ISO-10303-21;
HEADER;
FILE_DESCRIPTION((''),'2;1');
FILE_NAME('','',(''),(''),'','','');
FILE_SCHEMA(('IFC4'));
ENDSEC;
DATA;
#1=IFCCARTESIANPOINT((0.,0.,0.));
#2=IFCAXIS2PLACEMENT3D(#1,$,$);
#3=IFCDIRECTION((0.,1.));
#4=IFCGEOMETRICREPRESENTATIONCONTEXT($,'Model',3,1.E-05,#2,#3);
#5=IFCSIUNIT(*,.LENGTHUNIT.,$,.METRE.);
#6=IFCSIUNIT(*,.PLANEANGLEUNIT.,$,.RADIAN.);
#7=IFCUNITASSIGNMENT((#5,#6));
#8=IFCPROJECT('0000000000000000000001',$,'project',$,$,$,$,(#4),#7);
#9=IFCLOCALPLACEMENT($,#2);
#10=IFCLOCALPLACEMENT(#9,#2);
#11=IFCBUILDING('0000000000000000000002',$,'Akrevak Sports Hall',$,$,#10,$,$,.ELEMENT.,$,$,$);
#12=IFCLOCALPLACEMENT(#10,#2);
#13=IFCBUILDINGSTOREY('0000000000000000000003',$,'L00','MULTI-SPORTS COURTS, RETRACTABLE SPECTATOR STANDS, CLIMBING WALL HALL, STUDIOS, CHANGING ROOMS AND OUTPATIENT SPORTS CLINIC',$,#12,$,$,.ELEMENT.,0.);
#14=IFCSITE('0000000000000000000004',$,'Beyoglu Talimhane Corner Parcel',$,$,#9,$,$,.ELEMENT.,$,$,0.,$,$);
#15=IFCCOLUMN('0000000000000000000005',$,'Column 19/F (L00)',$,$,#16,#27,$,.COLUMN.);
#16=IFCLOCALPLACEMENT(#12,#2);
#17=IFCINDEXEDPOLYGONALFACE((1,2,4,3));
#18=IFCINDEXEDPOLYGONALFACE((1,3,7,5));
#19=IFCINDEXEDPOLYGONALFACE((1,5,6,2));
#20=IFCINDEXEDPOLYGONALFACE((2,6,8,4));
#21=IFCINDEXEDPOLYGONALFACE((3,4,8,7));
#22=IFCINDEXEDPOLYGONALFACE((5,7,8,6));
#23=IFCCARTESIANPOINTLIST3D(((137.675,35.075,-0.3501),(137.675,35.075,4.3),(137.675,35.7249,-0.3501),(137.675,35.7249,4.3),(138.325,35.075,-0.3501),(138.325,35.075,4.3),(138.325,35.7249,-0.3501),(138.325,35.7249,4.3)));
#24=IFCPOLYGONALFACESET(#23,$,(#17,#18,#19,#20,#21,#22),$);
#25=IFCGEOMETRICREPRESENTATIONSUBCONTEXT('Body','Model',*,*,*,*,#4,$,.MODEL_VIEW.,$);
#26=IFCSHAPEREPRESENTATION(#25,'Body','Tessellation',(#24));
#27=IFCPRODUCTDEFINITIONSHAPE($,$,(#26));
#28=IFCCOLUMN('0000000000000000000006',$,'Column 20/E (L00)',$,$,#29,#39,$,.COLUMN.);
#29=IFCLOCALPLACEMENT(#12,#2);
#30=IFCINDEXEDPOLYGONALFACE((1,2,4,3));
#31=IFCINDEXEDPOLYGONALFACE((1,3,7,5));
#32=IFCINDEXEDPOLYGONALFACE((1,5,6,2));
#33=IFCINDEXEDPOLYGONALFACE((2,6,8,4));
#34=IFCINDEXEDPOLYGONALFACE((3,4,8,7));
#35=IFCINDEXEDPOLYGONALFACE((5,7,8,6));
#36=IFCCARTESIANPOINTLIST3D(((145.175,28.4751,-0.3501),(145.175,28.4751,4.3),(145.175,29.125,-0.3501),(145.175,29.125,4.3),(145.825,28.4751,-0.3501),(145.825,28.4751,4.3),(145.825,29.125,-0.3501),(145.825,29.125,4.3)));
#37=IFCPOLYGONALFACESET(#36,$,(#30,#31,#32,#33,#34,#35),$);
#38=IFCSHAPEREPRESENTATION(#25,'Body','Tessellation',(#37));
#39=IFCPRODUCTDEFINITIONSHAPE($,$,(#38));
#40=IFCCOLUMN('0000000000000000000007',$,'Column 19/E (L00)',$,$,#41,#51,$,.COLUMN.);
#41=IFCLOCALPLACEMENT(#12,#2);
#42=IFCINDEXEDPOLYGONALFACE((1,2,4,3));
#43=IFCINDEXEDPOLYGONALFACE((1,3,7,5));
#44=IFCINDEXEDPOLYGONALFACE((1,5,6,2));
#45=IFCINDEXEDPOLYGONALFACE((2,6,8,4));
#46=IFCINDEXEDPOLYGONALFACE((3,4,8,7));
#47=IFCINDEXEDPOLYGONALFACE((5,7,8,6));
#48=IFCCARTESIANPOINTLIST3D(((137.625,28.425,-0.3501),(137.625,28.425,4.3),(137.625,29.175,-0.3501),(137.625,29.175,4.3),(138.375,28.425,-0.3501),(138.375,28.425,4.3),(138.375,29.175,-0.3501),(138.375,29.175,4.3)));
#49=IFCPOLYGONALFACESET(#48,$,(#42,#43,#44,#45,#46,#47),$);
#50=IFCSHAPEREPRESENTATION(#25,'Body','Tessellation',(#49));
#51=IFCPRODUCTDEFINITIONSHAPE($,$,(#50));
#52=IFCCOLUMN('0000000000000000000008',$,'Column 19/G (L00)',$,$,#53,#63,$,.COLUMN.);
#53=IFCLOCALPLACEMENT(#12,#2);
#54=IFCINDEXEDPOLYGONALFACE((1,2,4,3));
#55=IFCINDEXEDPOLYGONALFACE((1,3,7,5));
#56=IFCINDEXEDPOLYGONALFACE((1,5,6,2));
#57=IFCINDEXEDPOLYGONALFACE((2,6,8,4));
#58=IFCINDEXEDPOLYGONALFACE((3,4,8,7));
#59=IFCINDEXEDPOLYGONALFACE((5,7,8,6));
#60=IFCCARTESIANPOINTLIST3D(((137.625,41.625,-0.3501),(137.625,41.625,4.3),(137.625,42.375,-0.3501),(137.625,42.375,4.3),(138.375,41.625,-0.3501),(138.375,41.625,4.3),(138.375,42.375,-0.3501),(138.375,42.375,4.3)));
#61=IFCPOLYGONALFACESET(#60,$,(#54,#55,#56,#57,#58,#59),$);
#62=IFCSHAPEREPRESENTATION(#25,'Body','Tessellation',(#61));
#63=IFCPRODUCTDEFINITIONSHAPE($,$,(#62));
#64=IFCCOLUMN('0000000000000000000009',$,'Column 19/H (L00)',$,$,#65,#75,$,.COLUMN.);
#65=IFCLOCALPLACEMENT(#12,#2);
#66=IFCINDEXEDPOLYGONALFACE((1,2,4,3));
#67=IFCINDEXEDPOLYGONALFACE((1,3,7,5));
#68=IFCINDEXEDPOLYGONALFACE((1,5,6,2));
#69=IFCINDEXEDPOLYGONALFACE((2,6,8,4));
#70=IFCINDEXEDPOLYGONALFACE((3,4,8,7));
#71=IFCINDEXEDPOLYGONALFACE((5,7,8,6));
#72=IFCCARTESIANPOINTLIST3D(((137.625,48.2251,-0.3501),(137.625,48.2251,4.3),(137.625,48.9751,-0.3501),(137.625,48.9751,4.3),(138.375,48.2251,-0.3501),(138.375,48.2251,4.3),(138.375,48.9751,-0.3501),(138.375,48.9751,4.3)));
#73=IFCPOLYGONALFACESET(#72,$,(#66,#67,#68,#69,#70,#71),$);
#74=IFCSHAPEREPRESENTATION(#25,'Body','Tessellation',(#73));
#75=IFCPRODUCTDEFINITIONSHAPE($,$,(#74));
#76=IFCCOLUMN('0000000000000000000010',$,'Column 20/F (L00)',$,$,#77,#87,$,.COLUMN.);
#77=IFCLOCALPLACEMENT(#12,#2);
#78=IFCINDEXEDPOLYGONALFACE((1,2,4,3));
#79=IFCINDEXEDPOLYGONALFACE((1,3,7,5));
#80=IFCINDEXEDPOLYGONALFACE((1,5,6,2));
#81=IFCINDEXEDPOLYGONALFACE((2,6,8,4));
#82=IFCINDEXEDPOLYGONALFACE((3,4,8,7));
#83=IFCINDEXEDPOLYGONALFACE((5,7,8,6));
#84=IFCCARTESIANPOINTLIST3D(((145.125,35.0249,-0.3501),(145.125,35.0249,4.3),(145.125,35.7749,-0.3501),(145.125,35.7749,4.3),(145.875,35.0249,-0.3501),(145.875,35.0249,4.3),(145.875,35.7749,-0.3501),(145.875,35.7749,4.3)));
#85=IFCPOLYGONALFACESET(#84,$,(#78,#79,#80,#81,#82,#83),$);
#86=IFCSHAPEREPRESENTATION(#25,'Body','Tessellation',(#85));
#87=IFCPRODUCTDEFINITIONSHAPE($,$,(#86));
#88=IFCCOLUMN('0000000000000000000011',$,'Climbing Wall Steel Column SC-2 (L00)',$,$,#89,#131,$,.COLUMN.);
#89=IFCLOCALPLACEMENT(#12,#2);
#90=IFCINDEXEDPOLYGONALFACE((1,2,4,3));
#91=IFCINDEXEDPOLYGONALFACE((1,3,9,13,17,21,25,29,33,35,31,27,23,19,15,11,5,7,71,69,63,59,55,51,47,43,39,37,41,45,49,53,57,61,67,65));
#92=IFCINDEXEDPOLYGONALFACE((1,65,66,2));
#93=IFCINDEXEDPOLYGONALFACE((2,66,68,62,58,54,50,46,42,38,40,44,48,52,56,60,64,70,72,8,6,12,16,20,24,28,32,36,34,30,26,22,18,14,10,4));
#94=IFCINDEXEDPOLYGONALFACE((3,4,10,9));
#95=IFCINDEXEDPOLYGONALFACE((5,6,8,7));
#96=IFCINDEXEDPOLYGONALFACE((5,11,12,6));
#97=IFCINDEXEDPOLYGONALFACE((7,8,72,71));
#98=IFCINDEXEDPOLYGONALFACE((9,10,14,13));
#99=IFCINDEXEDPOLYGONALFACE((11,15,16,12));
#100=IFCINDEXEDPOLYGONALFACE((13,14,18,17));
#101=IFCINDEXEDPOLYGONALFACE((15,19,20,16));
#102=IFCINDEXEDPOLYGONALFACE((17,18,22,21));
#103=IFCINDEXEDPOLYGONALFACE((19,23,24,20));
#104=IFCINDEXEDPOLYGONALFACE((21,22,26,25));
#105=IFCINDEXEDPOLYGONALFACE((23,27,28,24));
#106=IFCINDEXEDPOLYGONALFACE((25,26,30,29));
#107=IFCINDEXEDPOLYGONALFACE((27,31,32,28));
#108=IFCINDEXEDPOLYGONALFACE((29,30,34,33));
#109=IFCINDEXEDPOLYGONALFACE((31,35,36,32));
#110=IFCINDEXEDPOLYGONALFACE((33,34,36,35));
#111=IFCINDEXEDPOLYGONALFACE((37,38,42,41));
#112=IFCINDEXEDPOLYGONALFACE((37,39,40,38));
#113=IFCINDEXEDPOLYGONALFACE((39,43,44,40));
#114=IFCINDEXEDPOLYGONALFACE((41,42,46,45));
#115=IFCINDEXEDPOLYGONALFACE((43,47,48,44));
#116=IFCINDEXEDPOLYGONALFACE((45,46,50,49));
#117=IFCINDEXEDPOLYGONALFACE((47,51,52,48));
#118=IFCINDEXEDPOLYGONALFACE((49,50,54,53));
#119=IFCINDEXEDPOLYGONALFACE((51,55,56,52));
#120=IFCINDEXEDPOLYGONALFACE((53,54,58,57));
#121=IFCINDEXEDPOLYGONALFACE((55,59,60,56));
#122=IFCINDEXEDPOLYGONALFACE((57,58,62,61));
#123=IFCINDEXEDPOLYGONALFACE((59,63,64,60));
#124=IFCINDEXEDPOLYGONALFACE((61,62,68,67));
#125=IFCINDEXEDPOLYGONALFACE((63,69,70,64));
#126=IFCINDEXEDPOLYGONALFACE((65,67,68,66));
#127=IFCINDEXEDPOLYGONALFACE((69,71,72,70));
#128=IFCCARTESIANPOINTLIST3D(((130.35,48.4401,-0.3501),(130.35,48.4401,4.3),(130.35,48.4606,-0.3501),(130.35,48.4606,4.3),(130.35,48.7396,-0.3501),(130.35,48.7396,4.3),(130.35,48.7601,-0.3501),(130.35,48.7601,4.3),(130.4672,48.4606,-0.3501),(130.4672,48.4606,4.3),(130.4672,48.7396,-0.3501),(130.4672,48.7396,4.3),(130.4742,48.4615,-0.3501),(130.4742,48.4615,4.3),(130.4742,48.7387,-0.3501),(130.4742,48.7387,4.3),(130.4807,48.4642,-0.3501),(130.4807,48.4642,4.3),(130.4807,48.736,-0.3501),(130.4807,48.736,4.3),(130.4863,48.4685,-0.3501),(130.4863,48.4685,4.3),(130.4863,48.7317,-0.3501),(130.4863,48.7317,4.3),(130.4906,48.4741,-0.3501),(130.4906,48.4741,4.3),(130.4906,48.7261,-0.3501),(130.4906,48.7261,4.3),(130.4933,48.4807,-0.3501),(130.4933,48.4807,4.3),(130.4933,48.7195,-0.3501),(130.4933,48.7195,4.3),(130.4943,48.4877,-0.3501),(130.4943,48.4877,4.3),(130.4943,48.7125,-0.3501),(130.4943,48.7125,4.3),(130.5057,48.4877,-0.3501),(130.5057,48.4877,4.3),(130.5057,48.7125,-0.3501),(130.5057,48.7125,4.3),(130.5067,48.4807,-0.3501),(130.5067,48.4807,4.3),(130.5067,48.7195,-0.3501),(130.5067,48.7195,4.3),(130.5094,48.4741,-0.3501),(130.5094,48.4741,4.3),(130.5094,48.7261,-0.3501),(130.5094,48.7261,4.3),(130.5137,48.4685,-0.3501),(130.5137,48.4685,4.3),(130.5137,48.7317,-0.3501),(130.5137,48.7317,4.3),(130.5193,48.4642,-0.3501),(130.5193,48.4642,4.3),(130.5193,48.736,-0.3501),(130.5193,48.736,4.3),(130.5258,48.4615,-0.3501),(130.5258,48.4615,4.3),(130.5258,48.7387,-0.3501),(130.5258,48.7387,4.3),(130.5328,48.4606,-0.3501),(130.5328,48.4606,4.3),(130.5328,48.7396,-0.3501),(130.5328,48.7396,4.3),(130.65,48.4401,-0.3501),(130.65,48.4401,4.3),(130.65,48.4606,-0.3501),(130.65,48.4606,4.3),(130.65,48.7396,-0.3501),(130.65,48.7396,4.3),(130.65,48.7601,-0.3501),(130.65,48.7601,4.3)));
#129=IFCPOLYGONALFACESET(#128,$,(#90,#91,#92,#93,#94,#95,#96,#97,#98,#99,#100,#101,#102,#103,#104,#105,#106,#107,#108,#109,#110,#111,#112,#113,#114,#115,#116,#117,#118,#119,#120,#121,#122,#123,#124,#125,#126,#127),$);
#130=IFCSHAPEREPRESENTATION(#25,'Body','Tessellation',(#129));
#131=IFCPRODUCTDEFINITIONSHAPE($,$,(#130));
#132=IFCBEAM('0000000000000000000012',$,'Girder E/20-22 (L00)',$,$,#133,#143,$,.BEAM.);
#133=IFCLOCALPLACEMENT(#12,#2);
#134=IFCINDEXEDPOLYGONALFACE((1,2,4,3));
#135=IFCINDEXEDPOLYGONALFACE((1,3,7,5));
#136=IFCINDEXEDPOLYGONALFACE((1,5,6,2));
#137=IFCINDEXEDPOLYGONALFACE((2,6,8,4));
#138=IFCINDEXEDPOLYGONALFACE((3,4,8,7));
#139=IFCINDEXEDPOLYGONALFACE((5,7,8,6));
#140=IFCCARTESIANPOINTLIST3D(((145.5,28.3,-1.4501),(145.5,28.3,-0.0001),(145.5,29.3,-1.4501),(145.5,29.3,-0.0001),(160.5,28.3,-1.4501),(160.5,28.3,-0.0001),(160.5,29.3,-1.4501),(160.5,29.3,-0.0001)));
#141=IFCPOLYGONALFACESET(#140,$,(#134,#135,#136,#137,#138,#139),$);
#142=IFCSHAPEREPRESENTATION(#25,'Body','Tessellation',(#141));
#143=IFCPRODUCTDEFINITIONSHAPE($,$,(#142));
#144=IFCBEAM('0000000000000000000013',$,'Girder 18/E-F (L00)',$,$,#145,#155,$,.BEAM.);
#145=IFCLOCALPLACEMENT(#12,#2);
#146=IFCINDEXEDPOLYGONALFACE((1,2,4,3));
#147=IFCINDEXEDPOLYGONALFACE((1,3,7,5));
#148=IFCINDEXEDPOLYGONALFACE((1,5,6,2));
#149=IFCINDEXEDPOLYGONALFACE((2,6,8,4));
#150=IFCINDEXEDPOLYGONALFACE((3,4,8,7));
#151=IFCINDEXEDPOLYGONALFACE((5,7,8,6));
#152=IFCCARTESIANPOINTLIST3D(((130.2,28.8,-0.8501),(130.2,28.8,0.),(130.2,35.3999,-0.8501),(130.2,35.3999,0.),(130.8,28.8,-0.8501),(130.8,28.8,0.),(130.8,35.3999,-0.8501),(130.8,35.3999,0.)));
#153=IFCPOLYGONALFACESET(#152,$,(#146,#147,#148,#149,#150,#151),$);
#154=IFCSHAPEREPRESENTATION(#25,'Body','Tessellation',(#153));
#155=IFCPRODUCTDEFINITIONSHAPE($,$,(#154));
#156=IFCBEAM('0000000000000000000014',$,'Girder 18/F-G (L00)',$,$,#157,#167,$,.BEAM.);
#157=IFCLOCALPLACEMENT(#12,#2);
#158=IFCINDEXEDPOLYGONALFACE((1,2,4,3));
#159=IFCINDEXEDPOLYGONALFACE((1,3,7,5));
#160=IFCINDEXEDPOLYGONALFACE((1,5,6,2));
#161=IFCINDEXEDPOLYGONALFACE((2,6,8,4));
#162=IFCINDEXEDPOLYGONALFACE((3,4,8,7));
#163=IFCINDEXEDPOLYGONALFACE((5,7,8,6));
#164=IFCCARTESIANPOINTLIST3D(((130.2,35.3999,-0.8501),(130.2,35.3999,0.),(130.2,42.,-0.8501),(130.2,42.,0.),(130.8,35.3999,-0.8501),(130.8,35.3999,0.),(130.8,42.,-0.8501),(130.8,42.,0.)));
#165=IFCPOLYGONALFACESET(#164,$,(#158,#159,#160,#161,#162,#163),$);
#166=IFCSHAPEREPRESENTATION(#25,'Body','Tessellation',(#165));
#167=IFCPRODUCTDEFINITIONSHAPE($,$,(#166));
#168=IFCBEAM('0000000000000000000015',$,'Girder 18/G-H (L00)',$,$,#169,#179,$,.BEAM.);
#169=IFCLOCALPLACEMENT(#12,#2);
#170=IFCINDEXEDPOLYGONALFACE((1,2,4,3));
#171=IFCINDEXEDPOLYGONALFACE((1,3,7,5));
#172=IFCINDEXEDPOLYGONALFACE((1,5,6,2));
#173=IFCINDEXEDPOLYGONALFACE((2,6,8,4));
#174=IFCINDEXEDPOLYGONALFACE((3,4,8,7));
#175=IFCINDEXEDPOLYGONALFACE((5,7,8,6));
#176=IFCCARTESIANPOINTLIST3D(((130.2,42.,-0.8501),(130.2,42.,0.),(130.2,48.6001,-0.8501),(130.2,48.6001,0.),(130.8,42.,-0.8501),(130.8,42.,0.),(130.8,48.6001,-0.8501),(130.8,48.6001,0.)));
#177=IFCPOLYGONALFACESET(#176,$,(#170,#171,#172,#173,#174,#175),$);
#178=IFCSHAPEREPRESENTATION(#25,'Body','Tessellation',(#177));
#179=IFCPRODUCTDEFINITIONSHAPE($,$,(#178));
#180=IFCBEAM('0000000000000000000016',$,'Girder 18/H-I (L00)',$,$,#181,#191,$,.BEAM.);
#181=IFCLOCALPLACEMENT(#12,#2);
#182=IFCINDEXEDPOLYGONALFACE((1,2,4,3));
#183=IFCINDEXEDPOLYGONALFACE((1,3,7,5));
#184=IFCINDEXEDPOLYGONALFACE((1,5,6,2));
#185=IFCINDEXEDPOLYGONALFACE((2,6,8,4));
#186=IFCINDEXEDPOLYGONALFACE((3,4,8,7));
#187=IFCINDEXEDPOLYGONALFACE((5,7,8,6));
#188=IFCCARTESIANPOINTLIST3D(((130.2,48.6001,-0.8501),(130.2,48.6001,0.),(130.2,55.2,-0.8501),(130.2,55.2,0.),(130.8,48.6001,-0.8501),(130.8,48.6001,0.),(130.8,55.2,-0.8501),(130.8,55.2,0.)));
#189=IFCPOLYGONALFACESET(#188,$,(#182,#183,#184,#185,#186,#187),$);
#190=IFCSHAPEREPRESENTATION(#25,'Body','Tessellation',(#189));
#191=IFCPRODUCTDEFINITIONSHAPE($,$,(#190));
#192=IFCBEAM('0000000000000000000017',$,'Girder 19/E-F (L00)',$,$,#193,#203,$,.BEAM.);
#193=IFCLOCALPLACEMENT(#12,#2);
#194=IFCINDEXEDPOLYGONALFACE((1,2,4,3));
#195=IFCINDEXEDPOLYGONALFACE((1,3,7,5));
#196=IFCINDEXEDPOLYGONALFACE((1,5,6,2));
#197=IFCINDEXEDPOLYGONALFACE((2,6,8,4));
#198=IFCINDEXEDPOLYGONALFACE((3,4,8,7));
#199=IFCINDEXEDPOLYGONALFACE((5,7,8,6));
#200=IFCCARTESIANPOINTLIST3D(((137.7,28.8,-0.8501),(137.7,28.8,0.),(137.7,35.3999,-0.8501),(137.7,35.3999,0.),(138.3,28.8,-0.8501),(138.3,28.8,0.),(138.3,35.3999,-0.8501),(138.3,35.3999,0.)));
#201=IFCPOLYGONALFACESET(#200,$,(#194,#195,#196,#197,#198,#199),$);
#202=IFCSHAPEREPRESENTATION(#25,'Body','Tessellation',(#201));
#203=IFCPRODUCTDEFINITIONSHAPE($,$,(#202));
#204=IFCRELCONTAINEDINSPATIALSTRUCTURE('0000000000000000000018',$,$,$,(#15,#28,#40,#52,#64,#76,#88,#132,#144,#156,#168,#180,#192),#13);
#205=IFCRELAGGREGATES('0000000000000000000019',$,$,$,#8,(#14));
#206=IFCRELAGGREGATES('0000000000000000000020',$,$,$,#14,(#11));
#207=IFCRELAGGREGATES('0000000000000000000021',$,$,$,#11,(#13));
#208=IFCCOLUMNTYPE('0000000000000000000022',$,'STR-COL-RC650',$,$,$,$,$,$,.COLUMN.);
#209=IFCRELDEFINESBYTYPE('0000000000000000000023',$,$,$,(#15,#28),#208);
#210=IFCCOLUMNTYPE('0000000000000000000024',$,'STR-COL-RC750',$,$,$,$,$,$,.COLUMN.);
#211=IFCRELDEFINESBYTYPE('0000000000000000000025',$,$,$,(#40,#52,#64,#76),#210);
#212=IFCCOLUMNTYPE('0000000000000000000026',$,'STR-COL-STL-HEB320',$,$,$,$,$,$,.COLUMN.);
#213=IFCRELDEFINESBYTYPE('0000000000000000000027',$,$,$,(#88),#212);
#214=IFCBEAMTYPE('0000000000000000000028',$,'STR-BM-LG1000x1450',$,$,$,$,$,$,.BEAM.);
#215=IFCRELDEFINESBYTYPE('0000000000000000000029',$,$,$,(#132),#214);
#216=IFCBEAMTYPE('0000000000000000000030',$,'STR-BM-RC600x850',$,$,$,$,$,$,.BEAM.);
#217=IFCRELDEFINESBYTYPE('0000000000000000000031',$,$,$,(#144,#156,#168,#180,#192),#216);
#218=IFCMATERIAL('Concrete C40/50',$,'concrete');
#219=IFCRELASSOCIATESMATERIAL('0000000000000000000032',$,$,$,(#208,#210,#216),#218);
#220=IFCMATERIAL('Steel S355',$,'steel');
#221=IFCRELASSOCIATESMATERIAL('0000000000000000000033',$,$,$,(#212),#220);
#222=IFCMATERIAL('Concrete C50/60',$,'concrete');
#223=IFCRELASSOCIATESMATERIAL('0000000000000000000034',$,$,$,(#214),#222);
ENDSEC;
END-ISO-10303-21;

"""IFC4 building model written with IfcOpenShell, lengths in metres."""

from ifc_helpers import new_model, si_unit, direction, frame, origin, origin_2d, place, context, subcontext, project, spatial, rectangle, i_section, extrude, material, material_profile, profile_set, type_object, element, save


model = new_model("IFC4")

# Units and contexts
model_context = context("Model", 3, precision=1e-05, world=origin(), true_north=direction((0.0, 1.0)))
body_context = subcontext(model_context, "Body", "Model", "MODEL_VIEW")
ifc_project = project(units=[si_unit("LENGTHUNIT", "METRE"), si_unit("PLANEANGLEUNIT", "RADIAN")], contexts=[model_context])

# Site, building, storey
site_placement = place(None, origin())
site = spatial("IfcSite", under=ifc_project, at=site_placement, Name="Beyoglu Talimhane Corner Parcel", CompositionType="ELEMENT", RefElevation=0.0)
building_placement = place(site_placement, origin())
building = spatial("IfcBuilding", under=site, at=building_placement, Name="Akrevak Sports Hall", CompositionType="ELEMENT")
storey_placement = place(building_placement, origin())
storey = spatial("IfcBuildingStorey", under=building, at=storey_placement, Name="L00", Description="MULTI-SPORTS COURTS, RETRACTABLE SPECTATOR STANDS, CLIMBING WALL HALL, STUDIOS, CHANGING ROOMS AND OUTPATIENT SPORTS CLINIC", CompositionType="ELEMENT", Elevation=0.0)

# Columns
ifc_material_1 = material(Name="Concrete C40/50", Category="concrete")
ifc_material_profile_1 = material_profile(ifc_material_1, rectangle(XDim=0.6499, YDim=0.6499, at=origin_2d()), Name="RC 650x650", Category="concrete")
ifc_profile_set_1 = profile_set([ifc_material_profile_1], Name="Concrete C40/50")
column_type_1 = type_object("IfcColumnType", Name="STR-COL-RC650", PredefinedType="COLUMN", material=ifc_profile_set_1)
for number, where, z_axis, x_axis, name in (
    (1, (138.0, 35.3999, -0.3501), (0.0, 0.0, 1.0), (1.0, 0.0, 0.0), "Column 19/F (L00)"),
    (2, (145.5, 28.8, -0.3501), (0.0, 0.0, 1.0), (1.0, 0.0, 0.0), "Column 20/E (L00)"),
):
    element("IfcColumn", number, at=place(storey_placement, frame(where, z_axis=z_axis, x_axis=x_axis)), inside=storey, type_object=column_type_1, Name=name, PredefinedType="COLUMN", context=body_context, shape_type="SweptSolid", body=[
        extrude(rectangle(XDim=0.6499, YDim=0.6499, at=origin_2d()), origin(), (0.0, 0.0, 1.0), 4.6501),
    ])
ifc_material_profile_2 = material_profile(ifc_material_1, rectangle(XDim=0.75, YDim=0.75, at=origin_2d()), Name="RC 750x750", Category="concrete")
ifc_profile_set_2 = profile_set([ifc_material_profile_2], Name="Concrete C40/50")
column_type_2 = type_object("IfcColumnType", Name="STR-COL-RC750", PredefinedType="COLUMN", material=ifc_profile_set_2)
for number, where, z_axis, x_axis, name in (
    (3, (138.0, 28.8, -0.3501), (0.0, 0.0, 1.0), (1.0, 0.0, 0.0), "Column 19/E (L00)"),
    (4, (138.0, 42.0, -0.3501), (0.0, 0.0, 1.0), (1.0, 0.0, 0.0), "Column 19/G (L00)"),
    (5, (138.0, 48.6001, -0.3501), (0.0, 0.0, 1.0), (1.0, 0.0, 0.0), "Column 19/H (L00)"),
    (6, (145.5, 35.3999, -0.3501), (0.0, 0.0, 1.0), (1.0, 0.0, 0.0), "Column 20/F (L00)"),
):
    element("IfcColumn", number, at=place(storey_placement, frame(where, z_axis=z_axis, x_axis=x_axis)), inside=storey, type_object=column_type_2, Name=name, PredefinedType="COLUMN", context=body_context, shape_type="SweptSolid", body=[
        extrude(rectangle(XDim=0.75, YDim=0.75, at=origin_2d()), origin(), (0.0, 0.0, 1.0), 4.6501),
    ])
ifc_material_2 = material(Name="Steel S355", Category="steel")
ifc_material_profile_3 = material_profile(ifc_material_2, i_section(OverallWidth=0.3, OverallDepth=0.3201, WebThickness=0.0115, FlangeThickness=0.0205, FilletRadius=0.0271, at=origin_2d()), Name="HEB 320", Category="steel")
ifc_profile_set_3 = profile_set([ifc_material_profile_3], Name="Steel S355")
column_type_3 = type_object("IfcColumnType", Name="STR-COL-STL-HEB320", PredefinedType="COLUMN", material=ifc_profile_set_3)
column_placement = place(storey_placement, frame((130.5, 48.6001, -0.3501), z_axis=(0.0, 0.0, 1.0), x_axis=(1.0, 0.0, 0.0)))
element("IfcColumn", 7, at=column_placement, inside=storey, type_object=column_type_3, Name="Climbing Wall Steel Column SC-2 (L00)", PredefinedType="COLUMN", context=body_context, shape_type="SweptSolid", body=[
    extrude(i_section(OverallWidth=0.3, OverallDepth=0.3201, WebThickness=0.0115, FlangeThickness=0.0205, FilletRadius=0.0271, at=origin_2d()), origin(), (0.0, 0.0, 1.0), 4.6501),
])

# Beams
ifc_material_3 = material(Name="Concrete C50/60", Category="concrete")
ifc_material_profile_4 = material_profile(ifc_material_3, rectangle(XDim=1.0, YDim=1.45, at=origin_2d()), Name="BM 1000x1450", Category="concrete")
ifc_profile_set_4 = profile_set([ifc_material_profile_4], Name="Concrete C50/60")
beam_type_1 = type_object("IfcBeamType", Name="STR-BM-LG1000x1450", PredefinedType="BEAM", material=ifc_profile_set_4)
beam_1_placement = place(storey_placement, frame((145.5, 28.8, -0.7251), z_axis=(1.0, 0.0, 0.0), x_axis=(0.0, 1.0, 0.0)))
element("IfcBeam", 8, at=beam_1_placement, inside=storey, type_object=beam_type_1, Name="Girder E/20-22 (L00)", PredefinedType="BEAM", context=body_context, shape_type="SweptSolid", body=[
    extrude(rectangle(XDim=1.0, YDim=1.45, at=origin_2d()), origin(), (0.0, 0.0, 1.0), 15.0),
])
ifc_material_profile_5 = material_profile(ifc_material_1, rectangle(XDim=0.6001, YDim=0.8501, at=origin_2d()), Name="BM 600x850", Category="concrete")
ifc_profile_set_5 = profile_set([ifc_material_profile_5], Name="Concrete C40/50")
beam_type_2 = type_object("IfcBeamType", Name="STR-BM-RC600x850", PredefinedType="BEAM", material=ifc_profile_set_5)
beam_2_placement = place(storey_placement, frame((130.5, 28.8, -0.425), z_axis=(0.0, 1.0, 0.0), x_axis=(-1.0, 0.0, 0.0)))
element("IfcBeam", 9, at=beam_2_placement, inside=storey, type_object=beam_type_2, Name="Girder 18/E-F (L00)", PredefinedType="BEAM", context=body_context, shape_type="SweptSolid", body=[
    extrude(rectangle(XDim=0.6001, YDim=0.8501, at=origin_2d()), origin(), (0.0, 0.0, 1.0), 6.5999),
])
for number, where, z_axis, x_axis, name in (
    (10, (130.5, 35.3999, -0.425), (0.0, 1.0, 0.0), (-1.0, 0.0, 0.0), "Girder 18/F-G (L00)"),
    (11, (130.5, 42.0, -0.425), (0.0, 1.0, 0.0), (-1.0, 0.0, 0.0), "Girder 18/G-H (L00)"),
):
    element("IfcBeam", number, at=place(storey_placement, frame(where, z_axis=z_axis, x_axis=x_axis)), inside=storey, type_object=beam_type_2, Name=name, PredefinedType="BEAM", context=body_context, shape_type="SweptSolid", body=[
        extrude(rectangle(XDim=0.6001, YDim=0.8501, at=origin_2d()), origin(), (0.0, 0.0, 1.0), 6.6001),
    ])
for number, where, z_axis, x_axis, name in (
    (12, (130.5, 48.6001, -0.425), (0.0, 1.0, 0.0), (-1.0, 0.0, 0.0), "Girder 18/H-I (L00)"),
    (13, (138.0, 28.8, -0.425), (0.0, 1.0, 0.0), (-1.0, 0.0, 0.0), "Girder 19/E-F (L00)"),
):
    element("IfcBeam", number, at=place(storey_placement, frame(where, z_axis=z_axis, x_axis=x_axis)), inside=storey, type_object=beam_type_2, Name=name, PredefinedType="BEAM", context=body_context, shape_type="SweptSolid", body=[
        extrude(rectangle(XDim=0.6001, YDim=0.8501, at=origin_2d()), origin(), (0.0, 0.0, 1.0), 6.5999),
    ])

save(model, "model.ifc")
